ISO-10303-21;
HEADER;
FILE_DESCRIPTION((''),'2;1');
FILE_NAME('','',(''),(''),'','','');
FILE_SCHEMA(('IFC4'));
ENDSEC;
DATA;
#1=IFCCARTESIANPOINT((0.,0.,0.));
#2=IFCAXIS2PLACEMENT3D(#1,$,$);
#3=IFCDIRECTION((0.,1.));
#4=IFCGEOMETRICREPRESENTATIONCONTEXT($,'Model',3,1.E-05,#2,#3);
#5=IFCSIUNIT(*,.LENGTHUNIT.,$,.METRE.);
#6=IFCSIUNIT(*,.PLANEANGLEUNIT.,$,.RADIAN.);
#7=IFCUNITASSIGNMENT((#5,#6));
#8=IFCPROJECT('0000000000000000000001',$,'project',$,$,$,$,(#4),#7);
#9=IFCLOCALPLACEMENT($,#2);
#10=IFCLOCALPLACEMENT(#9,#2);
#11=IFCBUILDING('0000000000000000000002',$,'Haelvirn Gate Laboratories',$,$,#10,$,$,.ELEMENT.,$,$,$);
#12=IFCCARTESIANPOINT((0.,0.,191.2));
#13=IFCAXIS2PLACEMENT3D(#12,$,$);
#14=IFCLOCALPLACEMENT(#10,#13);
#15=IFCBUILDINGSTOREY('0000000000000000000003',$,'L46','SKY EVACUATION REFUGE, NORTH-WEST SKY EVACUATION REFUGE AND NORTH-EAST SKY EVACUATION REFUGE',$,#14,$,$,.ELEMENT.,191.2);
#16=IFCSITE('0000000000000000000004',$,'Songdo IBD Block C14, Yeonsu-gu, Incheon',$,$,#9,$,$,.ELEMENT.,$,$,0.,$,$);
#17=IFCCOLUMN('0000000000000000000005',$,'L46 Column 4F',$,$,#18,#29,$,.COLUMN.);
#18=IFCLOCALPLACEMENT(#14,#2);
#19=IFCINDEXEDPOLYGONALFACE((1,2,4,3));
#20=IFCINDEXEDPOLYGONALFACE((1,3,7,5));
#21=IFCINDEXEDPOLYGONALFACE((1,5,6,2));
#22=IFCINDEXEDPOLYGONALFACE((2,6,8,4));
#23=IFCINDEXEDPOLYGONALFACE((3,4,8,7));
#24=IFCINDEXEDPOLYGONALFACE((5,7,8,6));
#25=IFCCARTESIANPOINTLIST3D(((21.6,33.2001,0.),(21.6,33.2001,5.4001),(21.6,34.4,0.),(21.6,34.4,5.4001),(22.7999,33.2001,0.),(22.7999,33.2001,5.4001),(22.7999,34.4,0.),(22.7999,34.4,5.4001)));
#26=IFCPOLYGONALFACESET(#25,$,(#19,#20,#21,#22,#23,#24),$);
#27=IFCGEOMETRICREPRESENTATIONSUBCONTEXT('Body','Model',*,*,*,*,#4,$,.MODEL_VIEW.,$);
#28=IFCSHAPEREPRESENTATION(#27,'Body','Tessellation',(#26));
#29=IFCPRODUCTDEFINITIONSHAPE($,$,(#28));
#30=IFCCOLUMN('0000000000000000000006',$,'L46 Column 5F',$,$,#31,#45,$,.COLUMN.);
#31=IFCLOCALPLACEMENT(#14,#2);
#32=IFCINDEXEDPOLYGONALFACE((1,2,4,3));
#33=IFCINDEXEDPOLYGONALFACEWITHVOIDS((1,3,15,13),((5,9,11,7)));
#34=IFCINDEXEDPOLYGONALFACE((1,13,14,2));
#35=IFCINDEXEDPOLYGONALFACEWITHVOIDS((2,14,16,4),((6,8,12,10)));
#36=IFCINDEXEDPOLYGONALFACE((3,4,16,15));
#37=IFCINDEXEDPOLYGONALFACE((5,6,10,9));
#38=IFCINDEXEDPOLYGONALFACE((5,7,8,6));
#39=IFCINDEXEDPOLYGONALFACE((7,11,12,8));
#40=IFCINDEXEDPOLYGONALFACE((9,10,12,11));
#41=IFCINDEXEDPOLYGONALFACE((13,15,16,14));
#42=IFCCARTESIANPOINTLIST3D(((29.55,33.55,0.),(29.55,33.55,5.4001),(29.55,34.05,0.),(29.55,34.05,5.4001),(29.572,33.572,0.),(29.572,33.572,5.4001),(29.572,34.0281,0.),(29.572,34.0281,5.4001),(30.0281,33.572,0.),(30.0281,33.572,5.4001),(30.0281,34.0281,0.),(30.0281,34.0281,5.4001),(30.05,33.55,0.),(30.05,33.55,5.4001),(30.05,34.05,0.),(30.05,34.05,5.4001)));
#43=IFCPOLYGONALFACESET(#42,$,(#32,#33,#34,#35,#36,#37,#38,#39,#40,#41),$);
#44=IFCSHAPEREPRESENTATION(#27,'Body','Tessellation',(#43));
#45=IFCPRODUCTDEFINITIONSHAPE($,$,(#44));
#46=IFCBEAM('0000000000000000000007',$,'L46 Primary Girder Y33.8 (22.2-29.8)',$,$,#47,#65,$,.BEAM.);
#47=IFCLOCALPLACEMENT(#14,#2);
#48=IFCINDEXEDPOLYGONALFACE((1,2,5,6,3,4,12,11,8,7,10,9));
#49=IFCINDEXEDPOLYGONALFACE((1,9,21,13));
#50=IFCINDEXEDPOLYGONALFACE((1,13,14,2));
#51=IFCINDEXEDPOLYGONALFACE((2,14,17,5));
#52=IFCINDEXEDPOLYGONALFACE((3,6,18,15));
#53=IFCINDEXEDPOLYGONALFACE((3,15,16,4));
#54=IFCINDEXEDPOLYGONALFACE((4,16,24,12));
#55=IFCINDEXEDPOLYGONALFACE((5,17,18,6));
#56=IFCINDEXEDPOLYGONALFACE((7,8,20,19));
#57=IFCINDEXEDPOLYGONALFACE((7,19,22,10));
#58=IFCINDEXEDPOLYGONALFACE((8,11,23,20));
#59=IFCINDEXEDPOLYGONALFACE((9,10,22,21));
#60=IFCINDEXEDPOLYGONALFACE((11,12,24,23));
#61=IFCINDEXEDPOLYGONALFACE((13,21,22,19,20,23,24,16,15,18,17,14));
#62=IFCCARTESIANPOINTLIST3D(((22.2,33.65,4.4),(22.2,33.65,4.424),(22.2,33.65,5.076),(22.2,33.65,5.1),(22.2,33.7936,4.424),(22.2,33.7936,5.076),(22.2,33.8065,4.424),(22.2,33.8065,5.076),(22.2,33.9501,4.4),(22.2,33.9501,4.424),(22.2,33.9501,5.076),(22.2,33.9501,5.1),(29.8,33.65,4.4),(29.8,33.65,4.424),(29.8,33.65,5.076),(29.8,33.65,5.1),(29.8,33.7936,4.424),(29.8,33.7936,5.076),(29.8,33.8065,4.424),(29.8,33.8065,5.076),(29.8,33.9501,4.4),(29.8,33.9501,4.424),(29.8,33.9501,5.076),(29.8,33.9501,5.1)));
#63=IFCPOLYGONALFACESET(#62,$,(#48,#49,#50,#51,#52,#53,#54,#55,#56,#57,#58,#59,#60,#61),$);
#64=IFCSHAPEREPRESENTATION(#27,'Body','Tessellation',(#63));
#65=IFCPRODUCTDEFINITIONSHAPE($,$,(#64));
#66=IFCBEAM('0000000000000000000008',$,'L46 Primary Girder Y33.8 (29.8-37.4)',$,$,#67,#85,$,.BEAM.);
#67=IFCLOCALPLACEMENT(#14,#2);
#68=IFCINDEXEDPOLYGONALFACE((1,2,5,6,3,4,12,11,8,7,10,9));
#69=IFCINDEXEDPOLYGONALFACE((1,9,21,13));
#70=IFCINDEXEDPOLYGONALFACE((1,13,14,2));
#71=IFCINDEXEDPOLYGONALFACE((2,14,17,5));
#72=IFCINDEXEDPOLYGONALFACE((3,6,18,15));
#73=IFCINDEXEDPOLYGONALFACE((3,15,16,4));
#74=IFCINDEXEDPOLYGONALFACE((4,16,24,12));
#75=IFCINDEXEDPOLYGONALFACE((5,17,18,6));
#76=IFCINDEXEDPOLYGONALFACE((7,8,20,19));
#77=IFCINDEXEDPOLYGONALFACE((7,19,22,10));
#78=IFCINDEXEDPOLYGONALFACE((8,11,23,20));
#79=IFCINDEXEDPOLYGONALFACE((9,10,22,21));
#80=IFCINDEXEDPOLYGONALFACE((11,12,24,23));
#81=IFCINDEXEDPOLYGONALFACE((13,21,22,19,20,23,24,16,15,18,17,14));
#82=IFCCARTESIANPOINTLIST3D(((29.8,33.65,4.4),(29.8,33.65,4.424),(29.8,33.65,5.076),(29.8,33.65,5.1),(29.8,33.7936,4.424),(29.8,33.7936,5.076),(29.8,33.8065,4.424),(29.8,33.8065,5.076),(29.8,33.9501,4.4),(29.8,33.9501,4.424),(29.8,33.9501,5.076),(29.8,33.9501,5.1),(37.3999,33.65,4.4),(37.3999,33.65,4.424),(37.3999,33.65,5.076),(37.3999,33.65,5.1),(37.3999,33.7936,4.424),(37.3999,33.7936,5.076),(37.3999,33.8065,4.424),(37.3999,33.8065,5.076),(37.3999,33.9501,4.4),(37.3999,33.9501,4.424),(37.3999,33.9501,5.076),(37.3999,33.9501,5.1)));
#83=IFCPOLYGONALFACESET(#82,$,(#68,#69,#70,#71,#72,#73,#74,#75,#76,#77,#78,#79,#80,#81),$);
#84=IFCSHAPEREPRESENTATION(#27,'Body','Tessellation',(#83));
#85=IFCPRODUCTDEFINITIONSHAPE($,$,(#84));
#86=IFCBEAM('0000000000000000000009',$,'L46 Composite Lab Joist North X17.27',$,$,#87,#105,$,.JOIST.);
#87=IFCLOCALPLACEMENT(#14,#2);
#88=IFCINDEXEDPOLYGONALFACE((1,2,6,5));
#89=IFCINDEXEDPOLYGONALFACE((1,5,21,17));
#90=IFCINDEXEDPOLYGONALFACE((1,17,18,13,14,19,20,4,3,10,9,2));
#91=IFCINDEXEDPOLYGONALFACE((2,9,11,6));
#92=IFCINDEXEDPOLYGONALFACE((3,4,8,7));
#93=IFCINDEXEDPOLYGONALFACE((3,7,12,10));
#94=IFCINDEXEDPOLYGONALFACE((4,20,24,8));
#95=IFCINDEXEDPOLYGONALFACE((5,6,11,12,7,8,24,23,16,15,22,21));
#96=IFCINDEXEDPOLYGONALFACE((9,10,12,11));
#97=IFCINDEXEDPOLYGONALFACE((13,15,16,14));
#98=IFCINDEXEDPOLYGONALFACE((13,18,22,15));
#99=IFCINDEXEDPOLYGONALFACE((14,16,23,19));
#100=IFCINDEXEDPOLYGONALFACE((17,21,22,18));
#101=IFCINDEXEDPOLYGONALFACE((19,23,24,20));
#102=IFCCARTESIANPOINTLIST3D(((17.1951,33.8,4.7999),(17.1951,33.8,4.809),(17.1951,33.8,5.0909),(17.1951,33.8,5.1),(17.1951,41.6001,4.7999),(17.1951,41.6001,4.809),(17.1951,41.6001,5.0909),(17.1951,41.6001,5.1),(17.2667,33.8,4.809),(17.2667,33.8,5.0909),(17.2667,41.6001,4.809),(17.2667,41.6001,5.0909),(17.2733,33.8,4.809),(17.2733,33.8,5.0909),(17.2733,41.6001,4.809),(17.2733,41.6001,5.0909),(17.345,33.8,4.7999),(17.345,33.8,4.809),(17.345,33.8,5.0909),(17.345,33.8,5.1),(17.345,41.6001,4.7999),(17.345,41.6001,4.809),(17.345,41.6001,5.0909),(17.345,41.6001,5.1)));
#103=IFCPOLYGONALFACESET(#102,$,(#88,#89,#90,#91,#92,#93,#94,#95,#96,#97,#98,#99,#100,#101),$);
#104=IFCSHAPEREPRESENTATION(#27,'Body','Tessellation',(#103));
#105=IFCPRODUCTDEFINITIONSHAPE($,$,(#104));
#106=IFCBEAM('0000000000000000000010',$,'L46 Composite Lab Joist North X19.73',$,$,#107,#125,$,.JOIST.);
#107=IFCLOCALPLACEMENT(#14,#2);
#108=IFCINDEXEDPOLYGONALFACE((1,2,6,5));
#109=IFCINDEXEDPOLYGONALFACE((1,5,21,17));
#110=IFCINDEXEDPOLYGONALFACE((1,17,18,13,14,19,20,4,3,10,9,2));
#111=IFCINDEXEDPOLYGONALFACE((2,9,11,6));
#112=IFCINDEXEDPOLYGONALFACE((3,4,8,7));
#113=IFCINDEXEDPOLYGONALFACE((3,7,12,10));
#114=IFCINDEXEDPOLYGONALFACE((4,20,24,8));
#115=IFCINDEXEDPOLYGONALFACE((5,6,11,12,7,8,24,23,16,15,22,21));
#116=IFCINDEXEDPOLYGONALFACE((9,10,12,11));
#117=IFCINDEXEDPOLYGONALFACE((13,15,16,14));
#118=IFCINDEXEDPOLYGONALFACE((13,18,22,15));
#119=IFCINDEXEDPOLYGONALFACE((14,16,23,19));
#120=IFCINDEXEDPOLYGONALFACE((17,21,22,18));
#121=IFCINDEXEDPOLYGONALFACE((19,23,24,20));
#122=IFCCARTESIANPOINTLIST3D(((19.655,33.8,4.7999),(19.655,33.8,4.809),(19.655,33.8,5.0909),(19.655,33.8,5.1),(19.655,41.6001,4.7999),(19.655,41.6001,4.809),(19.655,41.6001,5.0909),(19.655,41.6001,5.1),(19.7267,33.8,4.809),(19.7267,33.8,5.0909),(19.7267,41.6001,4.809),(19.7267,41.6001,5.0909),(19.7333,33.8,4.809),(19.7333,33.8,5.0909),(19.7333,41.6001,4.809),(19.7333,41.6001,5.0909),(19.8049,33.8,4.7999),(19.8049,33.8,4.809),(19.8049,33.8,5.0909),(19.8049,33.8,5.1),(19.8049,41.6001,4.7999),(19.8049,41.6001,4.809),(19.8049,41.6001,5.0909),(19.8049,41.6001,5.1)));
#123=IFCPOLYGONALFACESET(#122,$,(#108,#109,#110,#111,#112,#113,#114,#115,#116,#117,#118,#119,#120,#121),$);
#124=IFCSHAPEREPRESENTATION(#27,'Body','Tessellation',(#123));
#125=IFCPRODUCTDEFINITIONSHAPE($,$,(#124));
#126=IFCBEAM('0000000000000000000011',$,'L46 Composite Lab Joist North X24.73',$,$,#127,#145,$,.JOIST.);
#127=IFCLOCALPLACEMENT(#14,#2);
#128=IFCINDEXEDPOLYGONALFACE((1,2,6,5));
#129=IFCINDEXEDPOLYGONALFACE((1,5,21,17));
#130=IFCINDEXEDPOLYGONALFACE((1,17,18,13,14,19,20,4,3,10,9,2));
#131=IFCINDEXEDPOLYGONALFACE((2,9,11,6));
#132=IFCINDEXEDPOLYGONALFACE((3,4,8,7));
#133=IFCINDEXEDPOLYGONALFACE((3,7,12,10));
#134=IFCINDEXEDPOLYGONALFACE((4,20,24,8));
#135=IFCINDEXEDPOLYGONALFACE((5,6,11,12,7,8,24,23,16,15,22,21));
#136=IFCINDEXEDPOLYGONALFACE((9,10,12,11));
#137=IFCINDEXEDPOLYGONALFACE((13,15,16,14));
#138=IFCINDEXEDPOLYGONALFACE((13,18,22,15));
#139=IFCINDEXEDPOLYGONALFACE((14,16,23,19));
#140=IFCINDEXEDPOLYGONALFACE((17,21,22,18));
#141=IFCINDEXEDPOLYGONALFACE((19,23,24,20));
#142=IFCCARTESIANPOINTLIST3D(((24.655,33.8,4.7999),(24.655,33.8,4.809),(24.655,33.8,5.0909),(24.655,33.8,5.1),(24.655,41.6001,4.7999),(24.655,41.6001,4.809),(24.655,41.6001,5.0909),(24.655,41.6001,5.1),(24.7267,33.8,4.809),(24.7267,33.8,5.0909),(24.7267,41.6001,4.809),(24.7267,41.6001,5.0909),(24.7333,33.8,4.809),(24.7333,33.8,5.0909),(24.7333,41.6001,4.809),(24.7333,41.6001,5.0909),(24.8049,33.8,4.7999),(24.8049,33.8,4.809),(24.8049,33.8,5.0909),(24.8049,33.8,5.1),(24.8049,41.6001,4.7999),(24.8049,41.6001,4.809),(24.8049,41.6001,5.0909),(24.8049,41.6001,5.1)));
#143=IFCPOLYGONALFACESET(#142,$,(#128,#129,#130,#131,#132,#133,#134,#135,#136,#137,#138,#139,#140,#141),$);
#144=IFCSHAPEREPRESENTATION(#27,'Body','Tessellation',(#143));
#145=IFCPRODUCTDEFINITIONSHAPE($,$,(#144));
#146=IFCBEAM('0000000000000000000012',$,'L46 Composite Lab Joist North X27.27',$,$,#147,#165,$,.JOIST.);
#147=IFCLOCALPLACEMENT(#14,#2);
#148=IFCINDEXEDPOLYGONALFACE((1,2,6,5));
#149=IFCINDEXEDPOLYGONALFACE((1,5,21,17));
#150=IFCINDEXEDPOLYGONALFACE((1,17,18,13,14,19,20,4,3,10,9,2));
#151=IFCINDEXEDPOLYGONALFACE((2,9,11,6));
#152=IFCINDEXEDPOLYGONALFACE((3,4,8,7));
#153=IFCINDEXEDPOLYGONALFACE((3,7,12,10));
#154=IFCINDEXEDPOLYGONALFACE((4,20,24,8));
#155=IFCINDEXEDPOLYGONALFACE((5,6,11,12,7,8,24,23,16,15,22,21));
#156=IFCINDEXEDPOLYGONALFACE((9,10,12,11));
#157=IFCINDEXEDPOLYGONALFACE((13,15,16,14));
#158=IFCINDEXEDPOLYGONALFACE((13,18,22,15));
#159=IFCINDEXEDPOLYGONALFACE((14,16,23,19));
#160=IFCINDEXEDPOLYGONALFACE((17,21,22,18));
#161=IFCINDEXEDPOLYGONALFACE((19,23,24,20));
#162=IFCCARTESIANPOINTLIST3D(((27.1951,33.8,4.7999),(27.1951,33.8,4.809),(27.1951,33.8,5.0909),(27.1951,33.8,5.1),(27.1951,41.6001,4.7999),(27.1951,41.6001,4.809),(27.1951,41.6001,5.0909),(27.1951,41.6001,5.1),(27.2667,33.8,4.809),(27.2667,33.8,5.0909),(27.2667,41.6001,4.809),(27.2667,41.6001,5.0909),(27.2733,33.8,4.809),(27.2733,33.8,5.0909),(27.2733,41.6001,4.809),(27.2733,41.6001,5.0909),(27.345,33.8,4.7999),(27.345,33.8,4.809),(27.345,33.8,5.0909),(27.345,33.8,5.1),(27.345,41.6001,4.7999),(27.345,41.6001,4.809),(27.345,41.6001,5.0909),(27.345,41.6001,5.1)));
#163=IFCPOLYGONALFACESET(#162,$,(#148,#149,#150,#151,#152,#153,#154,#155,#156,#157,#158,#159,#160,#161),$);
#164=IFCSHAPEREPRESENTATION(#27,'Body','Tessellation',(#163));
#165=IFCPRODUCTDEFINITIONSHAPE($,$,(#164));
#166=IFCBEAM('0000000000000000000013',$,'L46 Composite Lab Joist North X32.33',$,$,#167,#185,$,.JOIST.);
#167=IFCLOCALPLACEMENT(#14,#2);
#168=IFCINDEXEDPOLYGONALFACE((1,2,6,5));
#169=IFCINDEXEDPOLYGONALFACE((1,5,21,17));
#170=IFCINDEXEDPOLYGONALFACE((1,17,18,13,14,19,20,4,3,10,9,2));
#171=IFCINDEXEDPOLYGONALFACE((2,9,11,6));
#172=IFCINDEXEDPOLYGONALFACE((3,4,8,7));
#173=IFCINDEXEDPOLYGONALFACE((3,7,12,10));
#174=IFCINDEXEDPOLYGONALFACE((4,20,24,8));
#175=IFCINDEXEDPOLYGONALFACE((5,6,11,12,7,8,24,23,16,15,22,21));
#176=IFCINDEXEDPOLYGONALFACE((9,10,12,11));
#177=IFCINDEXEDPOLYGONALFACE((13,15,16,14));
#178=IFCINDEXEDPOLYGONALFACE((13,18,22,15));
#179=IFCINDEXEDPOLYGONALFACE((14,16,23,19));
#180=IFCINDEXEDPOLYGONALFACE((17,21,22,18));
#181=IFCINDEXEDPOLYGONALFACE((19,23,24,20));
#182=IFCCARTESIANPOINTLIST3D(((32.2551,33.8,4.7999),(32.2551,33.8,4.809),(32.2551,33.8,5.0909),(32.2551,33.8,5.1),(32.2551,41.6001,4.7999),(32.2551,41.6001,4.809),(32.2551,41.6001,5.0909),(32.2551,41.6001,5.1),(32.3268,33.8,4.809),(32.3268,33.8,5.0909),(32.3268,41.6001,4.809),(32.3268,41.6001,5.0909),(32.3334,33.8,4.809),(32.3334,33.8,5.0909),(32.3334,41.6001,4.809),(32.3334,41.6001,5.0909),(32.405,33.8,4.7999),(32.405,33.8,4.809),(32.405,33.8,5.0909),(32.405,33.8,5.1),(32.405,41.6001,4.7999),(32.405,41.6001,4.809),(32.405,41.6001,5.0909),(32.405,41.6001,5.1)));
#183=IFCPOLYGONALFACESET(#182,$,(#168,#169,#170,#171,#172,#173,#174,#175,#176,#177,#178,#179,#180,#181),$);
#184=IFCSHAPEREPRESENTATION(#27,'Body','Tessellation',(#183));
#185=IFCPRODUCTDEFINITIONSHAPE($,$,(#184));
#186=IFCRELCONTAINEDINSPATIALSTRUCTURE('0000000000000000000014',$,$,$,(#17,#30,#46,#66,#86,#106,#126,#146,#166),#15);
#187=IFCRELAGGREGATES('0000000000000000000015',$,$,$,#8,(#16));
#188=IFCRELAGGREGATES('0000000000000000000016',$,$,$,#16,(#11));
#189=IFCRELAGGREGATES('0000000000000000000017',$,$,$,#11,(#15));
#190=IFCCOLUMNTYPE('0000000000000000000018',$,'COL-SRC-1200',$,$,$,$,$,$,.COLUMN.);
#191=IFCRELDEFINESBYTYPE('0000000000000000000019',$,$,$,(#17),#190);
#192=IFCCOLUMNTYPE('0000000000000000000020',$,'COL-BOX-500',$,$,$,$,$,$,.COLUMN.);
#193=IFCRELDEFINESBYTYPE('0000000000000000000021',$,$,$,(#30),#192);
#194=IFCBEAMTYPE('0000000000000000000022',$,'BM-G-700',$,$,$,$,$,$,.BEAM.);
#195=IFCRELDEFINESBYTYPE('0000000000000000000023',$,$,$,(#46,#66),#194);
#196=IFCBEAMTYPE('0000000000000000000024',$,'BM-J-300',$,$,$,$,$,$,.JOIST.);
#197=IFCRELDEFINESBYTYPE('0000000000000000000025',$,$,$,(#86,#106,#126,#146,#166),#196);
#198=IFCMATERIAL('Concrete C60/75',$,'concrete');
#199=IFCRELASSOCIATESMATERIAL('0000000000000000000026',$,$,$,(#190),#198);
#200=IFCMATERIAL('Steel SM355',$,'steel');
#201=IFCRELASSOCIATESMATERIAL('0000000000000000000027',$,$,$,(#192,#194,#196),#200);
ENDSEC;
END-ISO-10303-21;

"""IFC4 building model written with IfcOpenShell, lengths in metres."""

from ifc_helpers import new_model, si_unit, direction, frame, origin, origin_2d, place, context, subcontext, project, spatial, rectangle, hollow_rectangle, i_section, extrude, source, transform, mapped, material, material_profile, profile_set, type_object, type_shapes, element, save


model = new_model("IFC4")

# Units and contexts
model_context = context("Model", 3, precision=1e-05, world=origin(), true_north=direction((0.0, 1.0)))
body_context = subcontext(model_context, "Body", "Model", "MODEL_VIEW")
ifc_project = project(units=[si_unit("LENGTHUNIT", "METRE"), si_unit("PLANEANGLEUNIT", "RADIAN")], contexts=[model_context])

# Site, building, storey
site_placement = place(None, origin())
site = spatial("IfcSite", under=ifc_project, at=site_placement, Name="Songdo IBD Block C14, Yeonsu-gu, Incheon", CompositionType="ELEMENT", RefElevation=0.0)
building_placement = place(site_placement, origin())
building = spatial("IfcBuilding", under=site, at=building_placement, Name="Haelvirn Gate Laboratories", CompositionType="ELEMENT")
storey_placement = place(building_placement, frame((0.0, 0.0, 191.2)))
storey = spatial("IfcBuildingStorey", under=building, at=storey_placement, Name="L46", Description="SKY EVACUATION REFUGE, NORTH-WEST SKY EVACUATION REFUGE AND NORTH-EAST SKY EVACUATION REFUGE", CompositionType="ELEMENT", Elevation=191.2)

# Columns
ifc_material_1 = material(Name="Concrete C60/75", Category="concrete")
ifc_material_profile_1 = material_profile(ifc_material_1, rectangle(XDim=1.2, YDim=1.2, at=origin_2d()), Name="SRC-1200x1200")
ifc_profile_set_1 = profile_set([ifc_material_profile_1], Name="Concrete C60/75")
column_type_1 = type_object("IfcColumnType", Name="COL-SRC-1200", PredefinedType="COLUMN", material=ifc_profile_set_1)
shared_shape_1 = source(origin(), body_context, "Body", "SweptSolid", [
    extrude(rectangle(XDim=1.2, YDim=1.2, at=origin_2d()), origin(), (0.0, 0.0, 1.0), 5.4001),
])
type_shapes(column_type_1, [shared_shape_1])
column_1_placement = place(storey_placement, frame((22.2, 33.8, 0.0), z_axis=(0.0, 0.0, 1.0), x_axis=(1.0, 0.0, 0.0)))
element("IfcColumn", 1, at=column_1_placement, inside=storey, type_object=column_type_1, Name="L46 Column 4F", PredefinedType="COLUMN", context=body_context, shape_type="MappedRepresentation", body=[
    mapped(shared_shape_1, transform((0.0, 0.0, 0.0), scale=1.0)),
])
ifc_material_2 = material(Name="Steel SM355", Category="steel")
ifc_material_profile_2 = material_profile(ifc_material_2, hollow_rectangle(XDim=0.5, YDim=0.5, WallThickness=0.022, at=origin_2d()), Name="BOX-500x500x22")
ifc_profile_set_2 = profile_set([ifc_material_profile_2], Name="Steel SM355")
column_type_2 = type_object("IfcColumnType", Name="COL-BOX-500", PredefinedType="COLUMN", material=ifc_profile_set_2)
shared_shape_2 = source(origin(), body_context, "Body", "SweptSolid", [
    extrude(hollow_rectangle(XDim=0.5, YDim=0.5, WallThickness=0.022, at=origin_2d()), origin(), (0.0, 0.0, 1.0), 5.4001),
])
type_shapes(column_type_2, [shared_shape_2])
column_2_placement = place(storey_placement, frame((29.8, 33.8, 0.0), z_axis=(0.0, 0.0, 1.0), x_axis=(1.0, 0.0, 0.0)))
element("IfcColumn", 2, at=column_2_placement, inside=storey, type_object=column_type_2, Name="L46 Column 5F", PredefinedType="COLUMN", context=body_context, shape_type="MappedRepresentation", body=[
    mapped(shared_shape_2, transform((0.0, 0.0, 0.0), scale=1.0)),
])

# Beams
ifc_material_profile_3 = material_profile(ifc_material_2, i_section(OverallWidth=0.3, OverallDepth=0.7, WebThickness=0.0129, FlangeThickness=0.0239, at=origin_2d()), Name="H-700x300x13x24")
ifc_profile_set_3 = profile_set([ifc_material_profile_3], Name="Steel SM355")
beam_type_1 = type_object("IfcBeamType", Name="BM-G-700", PredefinedType="BEAM", material=ifc_profile_set_3)
shared_shape_3 = source(origin(), body_context, "Body", "SweptSolid", [
    extrude(i_section(OverallWidth=0.3, OverallDepth=0.7, WebThickness=0.0129, FlangeThickness=0.0239, at=origin_2d()), origin(), (0.0, 0.0, 1.0), 7.6001),
])
beam_1_placement = place(storey_placement, frame((22.2, 33.8, 4.75), z_axis=(1.0, 0.0, 0.0), x_axis=(0.0, 1.0, 0.0)))
element("IfcBeam", 3, at=beam_1_placement, inside=storey, type_object=beam_type_1, Name="L46 Primary Girder Y33.8 (22.2-29.8)", PredefinedType="BEAM", context=body_context, shape_type="MappedRepresentation", body=[
    mapped(shared_shape_3, transform((0.0, 0.0, 0.0), scale=1.0)),
])
shared_shape_4 = source(origin(), body_context, "Body", "SweptSolid", [
    extrude(i_section(OverallWidth=0.3, OverallDepth=0.7, WebThickness=0.0129, FlangeThickness=0.0239, at=origin_2d()), origin(), (0.0, 0.0, 1.0), 7.5999),
])
type_shapes(beam_type_1, [shared_shape_3, shared_shape_4])
beam_2_placement = place(storey_placement, frame((29.8, 33.8, 4.75), z_axis=(1.0, 0.0, 0.0), x_axis=(0.0, 1.0, 0.0)))
element("IfcBeam", 4, at=beam_2_placement, inside=storey, type_object=beam_type_1, Name="L46 Primary Girder Y33.8 (29.8-37.4)", PredefinedType="BEAM", context=body_context, shape_type="MappedRepresentation", body=[
    mapped(shared_shape_4, transform((0.0, 0.0, 0.0), scale=1.0)),
])
ifc_material_profile_4 = material_profile(ifc_material_2, i_section(OverallWidth=0.1499, OverallDepth=0.3, WebThickness=0.0066, FlangeThickness=0.009, at=origin_2d()), Name="H-300x150x6.5x9")
ifc_profile_set_4 = profile_set([ifc_material_profile_4], Name="Steel SM355")
beam_type_2 = type_object("IfcBeamType", Name="BM-J-300", PredefinedType="JOIST", material=ifc_profile_set_4)
shared_shape_5 = source(origin(), body_context, "Body", "SweptSolid", [
    extrude(i_section(OverallWidth=0.1499, OverallDepth=0.3, WebThickness=0.0066, FlangeThickness=0.009, at=origin_2d()), origin(), (0.0, 0.0, 1.0), 7.8),
])
type_shapes(beam_type_2, [shared_shape_5])
for number, where, z_axis, x_axis, name in (
    (5, (17.27, 33.8, 4.95), (0.0, 1.0, 0.0), (-1.0, 0.0, 0.0), "L46 Composite Lab Joist North X17.27"),
    (6, (19.73, 33.8, 4.95), (0.0, 1.0, 0.0), (-1.0, 0.0, 0.0), "L46 Composite Lab Joist North X19.73"),
    (7, (24.73, 33.8, 4.95), (0.0, 1.0, 0.0), (-1.0, 0.0, 0.0), "L46 Composite Lab Joist North X24.73"),
    (8, (27.27, 33.8, 4.95), (0.0, 1.0, 0.0), (-1.0, 0.0, 0.0), "L46 Composite Lab Joist North X27.27"),
    (9, (32.3301, 33.8, 4.95), (0.0, 1.0, 0.0), (-1.0, 0.0, 0.0), "L46 Composite Lab Joist North X32.33"),
):
    element("IfcBeam", number, at=place(storey_placement, frame(where, z_axis=z_axis, x_axis=x_axis)), inside=storey, type_object=beam_type_2, Name=name, PredefinedType="JOIST", context=body_context, shape_type="MappedRepresentation", body=[
        mapped(shared_shape_5, transform((0.0, 0.0, 0.0), scale=1.0)),
    ])

save(model, "model.ifc")
